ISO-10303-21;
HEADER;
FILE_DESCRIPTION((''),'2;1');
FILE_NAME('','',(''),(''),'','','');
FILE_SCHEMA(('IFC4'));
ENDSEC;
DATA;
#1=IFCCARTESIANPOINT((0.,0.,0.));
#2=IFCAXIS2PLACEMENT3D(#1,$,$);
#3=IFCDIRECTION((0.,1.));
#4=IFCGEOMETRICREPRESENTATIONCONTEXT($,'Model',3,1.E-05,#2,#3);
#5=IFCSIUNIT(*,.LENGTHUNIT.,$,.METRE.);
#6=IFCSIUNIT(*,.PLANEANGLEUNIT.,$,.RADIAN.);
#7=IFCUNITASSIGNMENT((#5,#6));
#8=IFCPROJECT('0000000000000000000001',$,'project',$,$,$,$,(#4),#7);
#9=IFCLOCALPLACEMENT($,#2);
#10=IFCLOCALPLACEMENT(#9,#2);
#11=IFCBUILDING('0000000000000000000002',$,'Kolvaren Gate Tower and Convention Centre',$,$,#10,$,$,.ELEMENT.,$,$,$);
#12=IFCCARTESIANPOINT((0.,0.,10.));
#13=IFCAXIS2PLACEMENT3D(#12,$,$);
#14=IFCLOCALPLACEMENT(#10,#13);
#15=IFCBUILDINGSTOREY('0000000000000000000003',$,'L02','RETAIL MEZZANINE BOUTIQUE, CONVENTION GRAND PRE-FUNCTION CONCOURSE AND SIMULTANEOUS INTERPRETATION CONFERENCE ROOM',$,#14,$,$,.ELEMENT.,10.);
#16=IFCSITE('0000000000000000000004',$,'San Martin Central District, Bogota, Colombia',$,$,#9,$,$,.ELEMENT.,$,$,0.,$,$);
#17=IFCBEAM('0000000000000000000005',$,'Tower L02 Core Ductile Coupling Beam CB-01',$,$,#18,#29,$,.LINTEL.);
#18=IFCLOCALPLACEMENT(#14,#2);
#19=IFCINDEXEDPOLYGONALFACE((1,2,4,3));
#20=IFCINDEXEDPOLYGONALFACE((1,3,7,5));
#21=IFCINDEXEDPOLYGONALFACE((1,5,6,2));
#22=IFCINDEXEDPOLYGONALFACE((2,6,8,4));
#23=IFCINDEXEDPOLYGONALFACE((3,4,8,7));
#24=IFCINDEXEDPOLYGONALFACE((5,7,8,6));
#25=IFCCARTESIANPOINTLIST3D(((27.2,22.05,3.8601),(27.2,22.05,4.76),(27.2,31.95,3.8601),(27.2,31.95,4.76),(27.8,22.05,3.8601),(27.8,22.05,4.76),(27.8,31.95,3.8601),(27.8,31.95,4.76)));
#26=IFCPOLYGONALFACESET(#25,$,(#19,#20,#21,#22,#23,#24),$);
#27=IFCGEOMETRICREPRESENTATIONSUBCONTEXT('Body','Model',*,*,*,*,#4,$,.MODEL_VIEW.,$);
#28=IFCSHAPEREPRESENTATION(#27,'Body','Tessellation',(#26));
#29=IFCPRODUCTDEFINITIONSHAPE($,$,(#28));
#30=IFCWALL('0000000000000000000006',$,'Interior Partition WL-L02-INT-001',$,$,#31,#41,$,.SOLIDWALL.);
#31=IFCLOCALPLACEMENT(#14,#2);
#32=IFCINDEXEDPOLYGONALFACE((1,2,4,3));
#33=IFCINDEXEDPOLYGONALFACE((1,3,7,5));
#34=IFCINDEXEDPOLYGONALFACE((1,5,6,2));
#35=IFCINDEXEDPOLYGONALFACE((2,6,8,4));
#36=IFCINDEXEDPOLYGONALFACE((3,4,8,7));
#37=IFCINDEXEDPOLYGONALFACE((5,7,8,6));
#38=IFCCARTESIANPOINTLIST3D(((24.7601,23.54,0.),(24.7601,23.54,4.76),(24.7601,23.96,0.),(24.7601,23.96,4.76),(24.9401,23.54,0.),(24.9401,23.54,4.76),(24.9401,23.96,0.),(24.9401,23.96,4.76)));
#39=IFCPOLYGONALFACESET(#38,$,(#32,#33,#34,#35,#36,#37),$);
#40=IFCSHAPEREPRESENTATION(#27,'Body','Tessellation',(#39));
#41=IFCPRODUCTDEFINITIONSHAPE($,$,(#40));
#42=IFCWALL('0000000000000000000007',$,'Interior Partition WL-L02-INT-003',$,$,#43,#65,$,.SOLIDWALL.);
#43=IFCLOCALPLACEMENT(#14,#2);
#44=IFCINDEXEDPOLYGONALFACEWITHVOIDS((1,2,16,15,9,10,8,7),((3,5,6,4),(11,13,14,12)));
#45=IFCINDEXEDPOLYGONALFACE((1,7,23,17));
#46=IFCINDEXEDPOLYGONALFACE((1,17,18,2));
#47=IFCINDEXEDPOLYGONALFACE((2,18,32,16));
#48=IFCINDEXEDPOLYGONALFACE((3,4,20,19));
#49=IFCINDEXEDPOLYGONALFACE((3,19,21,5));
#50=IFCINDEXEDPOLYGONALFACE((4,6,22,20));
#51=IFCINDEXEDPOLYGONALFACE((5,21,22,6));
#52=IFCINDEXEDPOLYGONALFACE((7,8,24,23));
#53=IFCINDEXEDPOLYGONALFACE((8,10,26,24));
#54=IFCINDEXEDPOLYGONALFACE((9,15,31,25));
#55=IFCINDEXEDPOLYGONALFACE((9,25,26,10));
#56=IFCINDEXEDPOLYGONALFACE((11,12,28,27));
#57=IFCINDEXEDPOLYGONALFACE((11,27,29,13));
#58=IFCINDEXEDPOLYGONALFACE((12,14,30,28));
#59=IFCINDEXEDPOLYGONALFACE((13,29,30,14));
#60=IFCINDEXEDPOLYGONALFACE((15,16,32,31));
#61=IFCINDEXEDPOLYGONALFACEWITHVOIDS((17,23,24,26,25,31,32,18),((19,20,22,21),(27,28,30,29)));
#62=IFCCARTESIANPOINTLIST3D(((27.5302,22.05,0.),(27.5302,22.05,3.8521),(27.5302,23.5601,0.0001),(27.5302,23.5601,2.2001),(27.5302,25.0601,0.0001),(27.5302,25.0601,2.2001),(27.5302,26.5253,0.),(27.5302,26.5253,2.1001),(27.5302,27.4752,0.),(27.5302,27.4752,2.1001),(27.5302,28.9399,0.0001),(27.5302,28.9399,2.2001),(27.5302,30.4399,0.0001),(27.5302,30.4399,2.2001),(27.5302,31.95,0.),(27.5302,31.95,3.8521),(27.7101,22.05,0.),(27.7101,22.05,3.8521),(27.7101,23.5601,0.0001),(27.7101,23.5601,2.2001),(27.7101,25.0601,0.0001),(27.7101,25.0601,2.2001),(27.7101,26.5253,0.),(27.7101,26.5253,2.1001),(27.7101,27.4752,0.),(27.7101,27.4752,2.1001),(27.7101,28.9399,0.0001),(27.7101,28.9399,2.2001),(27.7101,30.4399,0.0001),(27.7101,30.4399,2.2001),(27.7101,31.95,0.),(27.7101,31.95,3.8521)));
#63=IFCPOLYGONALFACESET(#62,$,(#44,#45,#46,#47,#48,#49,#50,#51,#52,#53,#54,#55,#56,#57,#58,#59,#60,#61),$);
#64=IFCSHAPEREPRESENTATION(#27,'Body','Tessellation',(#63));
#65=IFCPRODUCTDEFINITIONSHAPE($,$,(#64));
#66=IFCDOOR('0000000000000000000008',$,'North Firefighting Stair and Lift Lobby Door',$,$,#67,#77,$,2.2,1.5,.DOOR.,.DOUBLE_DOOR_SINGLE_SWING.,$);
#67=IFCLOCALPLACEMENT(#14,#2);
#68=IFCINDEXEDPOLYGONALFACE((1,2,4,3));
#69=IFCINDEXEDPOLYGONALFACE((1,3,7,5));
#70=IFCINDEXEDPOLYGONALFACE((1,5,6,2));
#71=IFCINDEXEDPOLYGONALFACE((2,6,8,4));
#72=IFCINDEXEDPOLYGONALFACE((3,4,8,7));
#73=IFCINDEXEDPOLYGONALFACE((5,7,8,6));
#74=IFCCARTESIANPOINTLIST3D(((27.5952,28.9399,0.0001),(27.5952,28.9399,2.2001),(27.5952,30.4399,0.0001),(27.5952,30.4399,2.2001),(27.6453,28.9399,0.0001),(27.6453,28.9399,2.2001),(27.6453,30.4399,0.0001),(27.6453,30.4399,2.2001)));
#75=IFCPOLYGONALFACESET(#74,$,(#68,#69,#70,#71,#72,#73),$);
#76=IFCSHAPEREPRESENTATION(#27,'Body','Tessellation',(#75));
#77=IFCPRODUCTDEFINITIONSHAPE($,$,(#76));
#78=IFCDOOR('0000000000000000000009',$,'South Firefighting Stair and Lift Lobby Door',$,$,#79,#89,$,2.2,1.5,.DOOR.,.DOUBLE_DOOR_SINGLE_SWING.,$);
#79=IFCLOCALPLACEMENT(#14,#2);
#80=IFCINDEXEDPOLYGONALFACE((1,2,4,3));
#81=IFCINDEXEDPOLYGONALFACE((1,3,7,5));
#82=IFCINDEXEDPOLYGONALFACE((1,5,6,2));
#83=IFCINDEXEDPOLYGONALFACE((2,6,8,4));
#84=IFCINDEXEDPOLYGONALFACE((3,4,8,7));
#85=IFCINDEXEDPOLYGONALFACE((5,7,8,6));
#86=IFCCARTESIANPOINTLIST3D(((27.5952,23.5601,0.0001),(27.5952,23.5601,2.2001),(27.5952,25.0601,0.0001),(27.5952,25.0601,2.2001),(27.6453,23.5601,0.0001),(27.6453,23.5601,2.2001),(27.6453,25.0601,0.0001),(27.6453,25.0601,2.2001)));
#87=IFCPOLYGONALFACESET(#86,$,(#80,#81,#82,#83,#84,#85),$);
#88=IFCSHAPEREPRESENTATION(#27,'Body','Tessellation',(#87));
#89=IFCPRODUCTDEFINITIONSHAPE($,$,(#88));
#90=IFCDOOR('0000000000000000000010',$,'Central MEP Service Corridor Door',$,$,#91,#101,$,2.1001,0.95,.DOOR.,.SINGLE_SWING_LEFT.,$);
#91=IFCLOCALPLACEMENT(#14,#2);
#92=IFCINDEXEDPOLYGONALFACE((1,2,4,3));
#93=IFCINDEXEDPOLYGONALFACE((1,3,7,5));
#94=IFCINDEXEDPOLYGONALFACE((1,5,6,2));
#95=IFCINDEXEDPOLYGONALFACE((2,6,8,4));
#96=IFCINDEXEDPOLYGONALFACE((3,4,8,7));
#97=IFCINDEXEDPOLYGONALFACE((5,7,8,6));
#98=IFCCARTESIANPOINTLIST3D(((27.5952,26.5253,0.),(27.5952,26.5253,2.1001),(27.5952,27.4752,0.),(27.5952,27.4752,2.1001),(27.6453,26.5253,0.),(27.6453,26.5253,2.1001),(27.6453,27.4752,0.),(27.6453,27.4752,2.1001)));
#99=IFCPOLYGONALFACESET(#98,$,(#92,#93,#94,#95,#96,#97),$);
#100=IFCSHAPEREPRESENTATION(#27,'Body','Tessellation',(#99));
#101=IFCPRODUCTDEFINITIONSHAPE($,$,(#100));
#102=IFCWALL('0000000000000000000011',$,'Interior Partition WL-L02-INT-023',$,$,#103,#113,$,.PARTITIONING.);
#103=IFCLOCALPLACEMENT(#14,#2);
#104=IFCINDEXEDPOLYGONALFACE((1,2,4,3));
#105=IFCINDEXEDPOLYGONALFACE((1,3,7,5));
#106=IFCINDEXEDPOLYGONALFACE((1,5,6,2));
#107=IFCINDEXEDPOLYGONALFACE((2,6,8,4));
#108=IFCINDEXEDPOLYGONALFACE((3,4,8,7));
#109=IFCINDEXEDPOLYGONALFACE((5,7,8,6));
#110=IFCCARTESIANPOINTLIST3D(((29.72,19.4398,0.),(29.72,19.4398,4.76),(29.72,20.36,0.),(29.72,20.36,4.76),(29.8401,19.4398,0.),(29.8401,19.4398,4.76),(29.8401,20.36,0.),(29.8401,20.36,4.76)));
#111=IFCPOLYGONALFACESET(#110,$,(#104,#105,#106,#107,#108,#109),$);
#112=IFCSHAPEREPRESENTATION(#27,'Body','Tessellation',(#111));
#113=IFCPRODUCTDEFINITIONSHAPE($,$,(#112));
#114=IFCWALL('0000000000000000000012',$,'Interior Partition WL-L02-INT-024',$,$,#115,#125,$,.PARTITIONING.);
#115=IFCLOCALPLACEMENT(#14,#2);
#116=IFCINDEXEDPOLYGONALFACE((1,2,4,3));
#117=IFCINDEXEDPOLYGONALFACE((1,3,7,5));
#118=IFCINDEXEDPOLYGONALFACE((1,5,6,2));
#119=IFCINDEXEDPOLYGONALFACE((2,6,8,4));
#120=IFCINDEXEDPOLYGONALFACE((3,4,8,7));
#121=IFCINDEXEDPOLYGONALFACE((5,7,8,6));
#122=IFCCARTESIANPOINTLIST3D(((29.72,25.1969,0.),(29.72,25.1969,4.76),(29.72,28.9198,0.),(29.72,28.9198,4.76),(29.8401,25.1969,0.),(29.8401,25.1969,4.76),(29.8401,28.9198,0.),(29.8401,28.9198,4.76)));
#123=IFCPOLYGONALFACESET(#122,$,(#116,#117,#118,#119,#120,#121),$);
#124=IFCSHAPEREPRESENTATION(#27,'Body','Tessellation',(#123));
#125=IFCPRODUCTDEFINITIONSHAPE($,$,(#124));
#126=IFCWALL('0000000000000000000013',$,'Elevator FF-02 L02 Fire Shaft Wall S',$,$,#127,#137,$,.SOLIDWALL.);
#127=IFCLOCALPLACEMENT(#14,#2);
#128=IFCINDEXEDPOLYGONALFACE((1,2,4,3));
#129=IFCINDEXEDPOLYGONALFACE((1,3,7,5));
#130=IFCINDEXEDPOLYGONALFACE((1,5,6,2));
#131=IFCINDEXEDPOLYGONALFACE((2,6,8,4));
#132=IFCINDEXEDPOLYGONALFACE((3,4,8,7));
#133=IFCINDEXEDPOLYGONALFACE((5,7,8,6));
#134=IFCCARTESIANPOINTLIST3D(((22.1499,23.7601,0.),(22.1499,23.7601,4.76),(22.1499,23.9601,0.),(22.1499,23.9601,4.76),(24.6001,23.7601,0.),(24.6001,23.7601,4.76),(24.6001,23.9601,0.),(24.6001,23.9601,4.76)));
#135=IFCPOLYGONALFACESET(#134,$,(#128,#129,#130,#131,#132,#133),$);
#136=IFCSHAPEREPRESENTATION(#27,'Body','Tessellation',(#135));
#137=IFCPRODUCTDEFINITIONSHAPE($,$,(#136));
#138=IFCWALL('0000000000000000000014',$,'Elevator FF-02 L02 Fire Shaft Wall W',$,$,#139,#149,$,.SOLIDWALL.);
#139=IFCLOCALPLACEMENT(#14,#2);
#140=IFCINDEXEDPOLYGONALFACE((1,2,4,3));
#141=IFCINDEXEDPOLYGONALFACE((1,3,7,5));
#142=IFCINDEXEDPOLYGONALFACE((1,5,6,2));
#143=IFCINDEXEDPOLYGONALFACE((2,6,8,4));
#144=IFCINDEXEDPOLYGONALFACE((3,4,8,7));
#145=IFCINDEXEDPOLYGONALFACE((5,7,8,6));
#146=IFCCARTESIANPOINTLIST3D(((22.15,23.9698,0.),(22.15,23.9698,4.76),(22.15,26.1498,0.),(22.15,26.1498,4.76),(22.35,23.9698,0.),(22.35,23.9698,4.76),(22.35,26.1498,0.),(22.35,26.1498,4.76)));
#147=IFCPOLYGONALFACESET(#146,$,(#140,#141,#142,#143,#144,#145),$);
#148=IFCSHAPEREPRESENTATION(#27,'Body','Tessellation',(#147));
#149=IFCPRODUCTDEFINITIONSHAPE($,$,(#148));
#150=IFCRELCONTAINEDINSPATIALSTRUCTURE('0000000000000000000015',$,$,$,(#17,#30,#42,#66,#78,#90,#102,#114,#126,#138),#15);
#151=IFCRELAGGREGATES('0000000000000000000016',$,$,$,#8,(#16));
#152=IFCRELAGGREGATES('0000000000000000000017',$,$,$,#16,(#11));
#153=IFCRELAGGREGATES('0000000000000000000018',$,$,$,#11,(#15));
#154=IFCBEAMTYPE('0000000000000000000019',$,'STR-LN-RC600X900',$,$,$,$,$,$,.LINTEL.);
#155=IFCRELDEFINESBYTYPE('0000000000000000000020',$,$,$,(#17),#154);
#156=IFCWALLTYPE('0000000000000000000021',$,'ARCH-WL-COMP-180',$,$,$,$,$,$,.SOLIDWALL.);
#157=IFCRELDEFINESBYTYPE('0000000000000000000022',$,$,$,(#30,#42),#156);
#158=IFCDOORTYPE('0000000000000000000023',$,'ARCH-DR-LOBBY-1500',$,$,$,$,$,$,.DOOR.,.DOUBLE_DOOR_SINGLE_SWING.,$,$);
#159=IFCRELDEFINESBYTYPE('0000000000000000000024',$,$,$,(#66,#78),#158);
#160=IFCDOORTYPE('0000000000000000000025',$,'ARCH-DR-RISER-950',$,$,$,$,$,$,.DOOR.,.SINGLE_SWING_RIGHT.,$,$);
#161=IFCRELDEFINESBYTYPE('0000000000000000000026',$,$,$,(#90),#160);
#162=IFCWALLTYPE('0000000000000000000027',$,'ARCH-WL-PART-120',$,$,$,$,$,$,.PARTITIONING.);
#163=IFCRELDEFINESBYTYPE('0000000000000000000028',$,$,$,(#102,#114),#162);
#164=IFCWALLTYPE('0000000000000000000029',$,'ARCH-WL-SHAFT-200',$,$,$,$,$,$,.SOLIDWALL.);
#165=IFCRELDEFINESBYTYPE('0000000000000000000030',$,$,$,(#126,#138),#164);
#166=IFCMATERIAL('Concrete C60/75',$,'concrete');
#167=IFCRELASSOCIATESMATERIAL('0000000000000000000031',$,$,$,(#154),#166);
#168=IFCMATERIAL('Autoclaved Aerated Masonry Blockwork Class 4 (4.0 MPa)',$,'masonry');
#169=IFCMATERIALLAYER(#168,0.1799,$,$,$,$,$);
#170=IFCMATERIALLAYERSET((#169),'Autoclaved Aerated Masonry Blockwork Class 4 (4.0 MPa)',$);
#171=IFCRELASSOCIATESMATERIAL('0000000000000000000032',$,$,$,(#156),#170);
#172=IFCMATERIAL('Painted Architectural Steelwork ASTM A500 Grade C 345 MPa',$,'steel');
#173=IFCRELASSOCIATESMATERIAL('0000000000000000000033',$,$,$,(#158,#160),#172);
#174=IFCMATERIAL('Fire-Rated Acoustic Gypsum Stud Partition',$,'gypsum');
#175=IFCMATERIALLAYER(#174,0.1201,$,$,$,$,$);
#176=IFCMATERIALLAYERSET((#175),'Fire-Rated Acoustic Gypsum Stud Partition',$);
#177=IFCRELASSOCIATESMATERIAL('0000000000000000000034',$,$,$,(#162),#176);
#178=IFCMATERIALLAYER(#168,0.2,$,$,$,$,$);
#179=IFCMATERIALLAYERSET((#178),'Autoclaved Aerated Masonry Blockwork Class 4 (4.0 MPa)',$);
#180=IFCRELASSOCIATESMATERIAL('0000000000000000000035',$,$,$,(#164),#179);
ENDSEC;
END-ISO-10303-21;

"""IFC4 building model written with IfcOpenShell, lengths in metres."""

from ifc_helpers import new_model, si_unit, direction, frame, frame_2d, origin, origin_2d, place, context, subcontext, project, spatial, rectangle, extrude, material, layer, layer_set, material_profile, profile_set, type_object, element, fill, save


model = new_model("IFC4")

# Units and contexts
model_context = context("Model", 3, precision=1e-05, world=origin(), true_north=direction((0.0, 1.0)))
body_context = subcontext(model_context, "Body", "Model", "MODEL_VIEW")
ifc_project = project(units=[si_unit("LENGTHUNIT", "METRE"), si_unit("PLANEANGLEUNIT", "RADIAN")], contexts=[model_context])

# Site, building, storey
site_placement = place(None, origin())
site = spatial("IfcSite", under=ifc_project, at=site_placement, Name="San Martin Central District, Bogota, Colombia", CompositionType="ELEMENT", RefElevation=0.0)
building_placement = place(site_placement, origin())
building = spatial("IfcBuilding", under=site, at=building_placement, Name="Kolvaren Gate Tower and Convention Centre", CompositionType="ELEMENT")
storey_placement = place(building_placement, frame((0.0, 0.0, 10.0)))
storey = spatial("IfcBuildingStorey", under=building, at=storey_placement, Name="L02", Description="RETAIL MEZZANINE BOUTIQUE, CONVENTION GRAND PRE-FUNCTION CONCOURSE AND SIMULTANEOUS INTERPRETATION CONFERENCE ROOM", CompositionType="ELEMENT", Elevation=10.0)

# Beam
ifc_material_1 = material(Name="Concrete C60/75", Category="concrete")
ifc_material_profile = material_profile(ifc_material_1, rectangle(XDim=0.6001, YDim=0.8999, at=origin_2d()), Name="RC-BM-600X900")
ifc_profile_set = profile_set([ifc_material_profile], Name="Concrete C60/75")
beam_type = type_object("IfcBeamType", Name="STR-LN-RC600X900", PredefinedType="LINTEL", material=ifc_profile_set)
beam_placement = place(storey_placement, frame((27.5, 22.05, 4.3101), z_axis=(0.0, 1.0, 0.0), x_axis=(-1.0, 0.0, 0.0)))
element("IfcBeam", 1, at=beam_placement, inside=storey, type_object=beam_type, Name="Tower L02 Core Ductile Coupling Beam CB-01", PredefinedType="LINTEL", context=body_context, shape_type="SweptSolid", body=[
    extrude(rectangle(XDim=0.6001, YDim=0.8999, at=origin_2d()), origin(), (0.0, 0.0, 1.0), 9.8999),
])

# Wall
ifc_material_2 = material(Name="Autoclaved Aerated Masonry Blockwork Class 4 (4.0 MPa)", Category="masonry")
ifc_layer_1 = layer(ifc_material_2, 0.1799)
ifc_layer_set_1 = layer_set([ifc_layer_1], Name="Autoclaved Aerated Masonry Blockwork Class 4 (4.0 MPa)")
wall_type_1 = type_object("IfcWallType", Name="ARCH-WL-COMP-180", PredefinedType="SOLIDWALL", material=ifc_layer_set_1)
wall_1_placement = place(storey_placement, frame((24.8501, 23.54, 0.0), z_axis=(0.0, 0.0, 1.0), x_axis=(0.0, 1.0, 0.0)))
element("IfcWall", 2, at=wall_1_placement, inside=storey, type_object=wall_type_1, Name="Interior Partition WL-L02-INT-001", PredefinedType="SOLIDWALL", context=body_context, shape_type="SweptSolid", body=[
    extrude(rectangle(XDim=0.4199, YDim=0.1799, at=frame_2d((0.21, 0.0))), origin(), (0.0, 0.0, 1.0), 4.76),
])

# Wall, openings, doors
wall_2_placement = place(storey_placement, frame((27.6201, 22.05, 0.0), z_axis=(0.0, 0.0, 1.0), x_axis=(0.0, 1.0, 0.0)))
wall_2 = element("IfcWall", 3, at=wall_2_placement, inside=storey, type_object=wall_type_1, Name="Interior Partition WL-L02-INT-003", PredefinedType="SOLIDWALL", context=body_context, shape_type="SweptSolid", body=[
    extrude(rectangle(XDim=9.8999, YDim=0.1799, at=frame_2d((4.95, 0.0))), origin(), (0.0, 0.0, 1.0), 3.8521),
])
opening_1_placement = place(wall_2_placement, frame((4.4751, 0.0, 0.0)))
opening_1 = element("IfcOpeningElement", 4, at=opening_1_placement, cuts=wall_2, PredefinedType="OPENING", context=body_context, shape_type="SweptSolid", body=[
    extrude(rectangle(XDim=0.95, YDim=2.1001, at=frame_2d((0.4751, 1.05))), frame((0.0, 0.0999, 0.0), z_axis=(0.0, -1.0, 0.0), x_axis=(1.0, 0.0, 0.0)), (0.0, 0.0, 1.0), 0.2),
])
opening_2_placement = place(wall_2_placement, frame((6.8899, 0.0, 0.0)))
opening_2 = element("IfcOpeningElement", 5, at=opening_2_placement, cuts=wall_2, PredefinedType="OPENING", context=body_context, shape_type="SweptSolid", body=[
    extrude(rectangle(XDim=1.5, YDim=2.2, at=frame_2d((0.75, 1.1001))), frame((0.0, 0.0999, 0.0), z_axis=(0.0, -1.0, 0.0), x_axis=(1.0, 0.0, 0.0)), (0.0, 0.0, 1.0), 0.2),
])
opening_3_placement = place(wall_2_placement, frame((1.51, 0.0, 0.0)))
opening_3 = element("IfcOpeningElement", 6, at=opening_3_placement, cuts=wall_2, PredefinedType="OPENING", context=body_context, shape_type="SweptSolid", body=[
    extrude(rectangle(XDim=1.5, YDim=2.2, at=frame_2d((0.75, 1.1001))), frame((0.0, 0.0999, 0.0), z_axis=(0.0, -1.0, 0.0), x_axis=(1.0, 0.0, 0.0)), (0.0, 0.0, 1.0), 0.2),
])
ifc_material_3 = material(Name="Painted Architectural Steelwork ASTM A500 Grade C 345 MPa", Category="steel")
door_type_1 = type_object("IfcDoorType", Name="ARCH-DR-LOBBY-1500", OperationType="DOUBLE_DOOR_SINGLE_SWING", PredefinedType="DOOR", material=ifc_material_3)
door_1_placement = place(opening_2_placement, origin())
door_1 = element("IfcDoor", 7, at=door_1_placement, inside=storey, type_object=door_type_1, Name="North Firefighting Stair and Lift Lobby Door", OperationType="DOUBLE_DOOR_SINGLE_SWING", OverallHeight=2.2, OverallWidth=1.5, PredefinedType="DOOR", context=body_context, shape_type="SweptSolid", body=[
    extrude(rectangle(XDim=1.5, YDim=2.2, at=frame_2d((0.75, 1.1001))), frame((0.0, 0.0249, 0.0), z_axis=(0.0, -1.0, 0.0), x_axis=(1.0, 0.0, 0.0)), (0.0, 0.0, 1.0), 0.05),
])
fill(opening_2, door_1)
door_2_placement = place(opening_3_placement, origin())
door_2 = element("IfcDoor", 8, at=door_2_placement, inside=storey, type_object=door_type_1, Name="South Firefighting Stair and Lift Lobby Door", OperationType="DOUBLE_DOOR_SINGLE_SWING", OverallHeight=2.2, OverallWidth=1.5, PredefinedType="DOOR", context=body_context, shape_type="SweptSolid", body=[
    extrude(rectangle(XDim=1.5, YDim=2.2, at=frame_2d((0.75, 1.1001))), frame((0.0, 0.0249, 0.0), z_axis=(0.0, -1.0, 0.0), x_axis=(1.0, 0.0, 0.0)), (0.0, 0.0, 1.0), 0.05),
])
fill(opening_3, door_2)
door_type_2 = type_object("IfcDoorType", Name="ARCH-DR-RISER-950", OperationType="SINGLE_SWING_RIGHT", PredefinedType="DOOR", material=ifc_material_3)
door_3_placement = place(opening_1_placement, origin())
door_3 = element("IfcDoor", 9, at=door_3_placement, inside=storey, type_object=door_type_2, Name="Central MEP Service Corridor Door", OperationType="SINGLE_SWING_LEFT", OverallHeight=2.1001, OverallWidth=0.95, PredefinedType="DOOR", context=body_context, shape_type="SweptSolid", body=[
    extrude(rectangle(XDim=0.95, YDim=2.1001, at=frame_2d((0.4751, 1.05))), frame((0.0, 0.0249, 0.0), z_axis=(0.0, -1.0, 0.0), x_axis=(1.0, 0.0, 0.0)), (0.0, 0.0, 1.0), 0.05),
])
fill(opening_1, door_3)

# Walls
ifc_material_4 = material(Name="Fire-Rated Acoustic Gypsum Stud Partition", Category="gypsum")
ifc_layer_2 = layer(ifc_material_4, 0.1201)
ifc_layer_set_2 = layer_set([ifc_layer_2], Name="Fire-Rated Acoustic Gypsum Stud Partition")
wall_type_2 = type_object("IfcWallType", Name="ARCH-WL-PART-120", PredefinedType="PARTITIONING", material=ifc_layer_set_2)
wall_3_placement = place(storey_placement, frame((29.78, 19.4399, 0.0), z_axis=(0.0, 0.0, 1.0), x_axis=(0.0, 1.0, 0.0)))
element("IfcWall", 10, at=wall_3_placement, inside=storey, type_object=wall_type_2, Name="Interior Partition WL-L02-INT-023", PredefinedType="PARTITIONING", context=body_context, shape_type="SweptSolid", body=[
    extrude(rectangle(XDim=0.9202, YDim=0.1201, at=frame_2d((0.46, 0.0))), origin(), (0.0, 0.0, 1.0), 4.76),
])
wall_4_placement = place(storey_placement, frame((29.78, 25.197, 0.0), z_axis=(0.0, 0.0, 1.0), x_axis=(0.0, 1.0, 0.0)))
element("IfcWall", 11, at=wall_4_placement, inside=storey, type_object=wall_type_2, Name="Interior Partition WL-L02-INT-024", PredefinedType="PARTITIONING", context=body_context, shape_type="SweptSolid", body=[
    extrude(rectangle(XDim=3.7229, YDim=0.1201, at=frame_2d((1.8613, 0.0))), origin(), (0.0, 0.0, 1.0), 4.76),
])
ifc_layer_3 = layer(ifc_material_2, 0.2)
ifc_layer_set_3 = layer_set([ifc_layer_3], Name="Autoclaved Aerated Masonry Blockwork Class 4 (4.0 MPa)")
wall_type_3 = type_object("IfcWallType", Name="ARCH-WL-SHAFT-200", PredefinedType="SOLIDWALL", material=ifc_layer_set_3)
wall_5_placement = place(storey_placement, frame((22.1499, 23.8601, 0.0), z_axis=(0.0, 0.0, 1.0), x_axis=(1.0, 0.0, 0.0)))
element("IfcWall", 12, at=wall_5_placement, inside=storey, type_object=wall_type_3, Name="Elevator FF-02 L02 Fire Shaft Wall S", PredefinedType="SOLIDWALL", context=body_context, shape_type="SweptSolid", body=[
    extrude(rectangle(XDim=2.4502, YDim=0.2, at=frame_2d((1.2251, 0.0))), origin(), (0.0, 0.0, 1.0), 4.76),
])
wall_6_placement = place(storey_placement, frame((22.25, 23.97, 0.0), z_axis=(0.0, 0.0, 1.0), x_axis=(0.0, 1.0, 0.0)))
element("IfcWall", 13, at=wall_6_placement, inside=storey, type_object=wall_type_3, Name="Elevator FF-02 L02 Fire Shaft Wall W", PredefinedType="SOLIDWALL", context=body_context, shape_type="SweptSolid", body=[
    extrude(rectangle(XDim=2.1799, YDim=0.2, at=frame_2d((1.0898, 0.0))), origin(), (0.0, 0.0, 1.0), 4.76),
])

save(model, "model.ifc")
